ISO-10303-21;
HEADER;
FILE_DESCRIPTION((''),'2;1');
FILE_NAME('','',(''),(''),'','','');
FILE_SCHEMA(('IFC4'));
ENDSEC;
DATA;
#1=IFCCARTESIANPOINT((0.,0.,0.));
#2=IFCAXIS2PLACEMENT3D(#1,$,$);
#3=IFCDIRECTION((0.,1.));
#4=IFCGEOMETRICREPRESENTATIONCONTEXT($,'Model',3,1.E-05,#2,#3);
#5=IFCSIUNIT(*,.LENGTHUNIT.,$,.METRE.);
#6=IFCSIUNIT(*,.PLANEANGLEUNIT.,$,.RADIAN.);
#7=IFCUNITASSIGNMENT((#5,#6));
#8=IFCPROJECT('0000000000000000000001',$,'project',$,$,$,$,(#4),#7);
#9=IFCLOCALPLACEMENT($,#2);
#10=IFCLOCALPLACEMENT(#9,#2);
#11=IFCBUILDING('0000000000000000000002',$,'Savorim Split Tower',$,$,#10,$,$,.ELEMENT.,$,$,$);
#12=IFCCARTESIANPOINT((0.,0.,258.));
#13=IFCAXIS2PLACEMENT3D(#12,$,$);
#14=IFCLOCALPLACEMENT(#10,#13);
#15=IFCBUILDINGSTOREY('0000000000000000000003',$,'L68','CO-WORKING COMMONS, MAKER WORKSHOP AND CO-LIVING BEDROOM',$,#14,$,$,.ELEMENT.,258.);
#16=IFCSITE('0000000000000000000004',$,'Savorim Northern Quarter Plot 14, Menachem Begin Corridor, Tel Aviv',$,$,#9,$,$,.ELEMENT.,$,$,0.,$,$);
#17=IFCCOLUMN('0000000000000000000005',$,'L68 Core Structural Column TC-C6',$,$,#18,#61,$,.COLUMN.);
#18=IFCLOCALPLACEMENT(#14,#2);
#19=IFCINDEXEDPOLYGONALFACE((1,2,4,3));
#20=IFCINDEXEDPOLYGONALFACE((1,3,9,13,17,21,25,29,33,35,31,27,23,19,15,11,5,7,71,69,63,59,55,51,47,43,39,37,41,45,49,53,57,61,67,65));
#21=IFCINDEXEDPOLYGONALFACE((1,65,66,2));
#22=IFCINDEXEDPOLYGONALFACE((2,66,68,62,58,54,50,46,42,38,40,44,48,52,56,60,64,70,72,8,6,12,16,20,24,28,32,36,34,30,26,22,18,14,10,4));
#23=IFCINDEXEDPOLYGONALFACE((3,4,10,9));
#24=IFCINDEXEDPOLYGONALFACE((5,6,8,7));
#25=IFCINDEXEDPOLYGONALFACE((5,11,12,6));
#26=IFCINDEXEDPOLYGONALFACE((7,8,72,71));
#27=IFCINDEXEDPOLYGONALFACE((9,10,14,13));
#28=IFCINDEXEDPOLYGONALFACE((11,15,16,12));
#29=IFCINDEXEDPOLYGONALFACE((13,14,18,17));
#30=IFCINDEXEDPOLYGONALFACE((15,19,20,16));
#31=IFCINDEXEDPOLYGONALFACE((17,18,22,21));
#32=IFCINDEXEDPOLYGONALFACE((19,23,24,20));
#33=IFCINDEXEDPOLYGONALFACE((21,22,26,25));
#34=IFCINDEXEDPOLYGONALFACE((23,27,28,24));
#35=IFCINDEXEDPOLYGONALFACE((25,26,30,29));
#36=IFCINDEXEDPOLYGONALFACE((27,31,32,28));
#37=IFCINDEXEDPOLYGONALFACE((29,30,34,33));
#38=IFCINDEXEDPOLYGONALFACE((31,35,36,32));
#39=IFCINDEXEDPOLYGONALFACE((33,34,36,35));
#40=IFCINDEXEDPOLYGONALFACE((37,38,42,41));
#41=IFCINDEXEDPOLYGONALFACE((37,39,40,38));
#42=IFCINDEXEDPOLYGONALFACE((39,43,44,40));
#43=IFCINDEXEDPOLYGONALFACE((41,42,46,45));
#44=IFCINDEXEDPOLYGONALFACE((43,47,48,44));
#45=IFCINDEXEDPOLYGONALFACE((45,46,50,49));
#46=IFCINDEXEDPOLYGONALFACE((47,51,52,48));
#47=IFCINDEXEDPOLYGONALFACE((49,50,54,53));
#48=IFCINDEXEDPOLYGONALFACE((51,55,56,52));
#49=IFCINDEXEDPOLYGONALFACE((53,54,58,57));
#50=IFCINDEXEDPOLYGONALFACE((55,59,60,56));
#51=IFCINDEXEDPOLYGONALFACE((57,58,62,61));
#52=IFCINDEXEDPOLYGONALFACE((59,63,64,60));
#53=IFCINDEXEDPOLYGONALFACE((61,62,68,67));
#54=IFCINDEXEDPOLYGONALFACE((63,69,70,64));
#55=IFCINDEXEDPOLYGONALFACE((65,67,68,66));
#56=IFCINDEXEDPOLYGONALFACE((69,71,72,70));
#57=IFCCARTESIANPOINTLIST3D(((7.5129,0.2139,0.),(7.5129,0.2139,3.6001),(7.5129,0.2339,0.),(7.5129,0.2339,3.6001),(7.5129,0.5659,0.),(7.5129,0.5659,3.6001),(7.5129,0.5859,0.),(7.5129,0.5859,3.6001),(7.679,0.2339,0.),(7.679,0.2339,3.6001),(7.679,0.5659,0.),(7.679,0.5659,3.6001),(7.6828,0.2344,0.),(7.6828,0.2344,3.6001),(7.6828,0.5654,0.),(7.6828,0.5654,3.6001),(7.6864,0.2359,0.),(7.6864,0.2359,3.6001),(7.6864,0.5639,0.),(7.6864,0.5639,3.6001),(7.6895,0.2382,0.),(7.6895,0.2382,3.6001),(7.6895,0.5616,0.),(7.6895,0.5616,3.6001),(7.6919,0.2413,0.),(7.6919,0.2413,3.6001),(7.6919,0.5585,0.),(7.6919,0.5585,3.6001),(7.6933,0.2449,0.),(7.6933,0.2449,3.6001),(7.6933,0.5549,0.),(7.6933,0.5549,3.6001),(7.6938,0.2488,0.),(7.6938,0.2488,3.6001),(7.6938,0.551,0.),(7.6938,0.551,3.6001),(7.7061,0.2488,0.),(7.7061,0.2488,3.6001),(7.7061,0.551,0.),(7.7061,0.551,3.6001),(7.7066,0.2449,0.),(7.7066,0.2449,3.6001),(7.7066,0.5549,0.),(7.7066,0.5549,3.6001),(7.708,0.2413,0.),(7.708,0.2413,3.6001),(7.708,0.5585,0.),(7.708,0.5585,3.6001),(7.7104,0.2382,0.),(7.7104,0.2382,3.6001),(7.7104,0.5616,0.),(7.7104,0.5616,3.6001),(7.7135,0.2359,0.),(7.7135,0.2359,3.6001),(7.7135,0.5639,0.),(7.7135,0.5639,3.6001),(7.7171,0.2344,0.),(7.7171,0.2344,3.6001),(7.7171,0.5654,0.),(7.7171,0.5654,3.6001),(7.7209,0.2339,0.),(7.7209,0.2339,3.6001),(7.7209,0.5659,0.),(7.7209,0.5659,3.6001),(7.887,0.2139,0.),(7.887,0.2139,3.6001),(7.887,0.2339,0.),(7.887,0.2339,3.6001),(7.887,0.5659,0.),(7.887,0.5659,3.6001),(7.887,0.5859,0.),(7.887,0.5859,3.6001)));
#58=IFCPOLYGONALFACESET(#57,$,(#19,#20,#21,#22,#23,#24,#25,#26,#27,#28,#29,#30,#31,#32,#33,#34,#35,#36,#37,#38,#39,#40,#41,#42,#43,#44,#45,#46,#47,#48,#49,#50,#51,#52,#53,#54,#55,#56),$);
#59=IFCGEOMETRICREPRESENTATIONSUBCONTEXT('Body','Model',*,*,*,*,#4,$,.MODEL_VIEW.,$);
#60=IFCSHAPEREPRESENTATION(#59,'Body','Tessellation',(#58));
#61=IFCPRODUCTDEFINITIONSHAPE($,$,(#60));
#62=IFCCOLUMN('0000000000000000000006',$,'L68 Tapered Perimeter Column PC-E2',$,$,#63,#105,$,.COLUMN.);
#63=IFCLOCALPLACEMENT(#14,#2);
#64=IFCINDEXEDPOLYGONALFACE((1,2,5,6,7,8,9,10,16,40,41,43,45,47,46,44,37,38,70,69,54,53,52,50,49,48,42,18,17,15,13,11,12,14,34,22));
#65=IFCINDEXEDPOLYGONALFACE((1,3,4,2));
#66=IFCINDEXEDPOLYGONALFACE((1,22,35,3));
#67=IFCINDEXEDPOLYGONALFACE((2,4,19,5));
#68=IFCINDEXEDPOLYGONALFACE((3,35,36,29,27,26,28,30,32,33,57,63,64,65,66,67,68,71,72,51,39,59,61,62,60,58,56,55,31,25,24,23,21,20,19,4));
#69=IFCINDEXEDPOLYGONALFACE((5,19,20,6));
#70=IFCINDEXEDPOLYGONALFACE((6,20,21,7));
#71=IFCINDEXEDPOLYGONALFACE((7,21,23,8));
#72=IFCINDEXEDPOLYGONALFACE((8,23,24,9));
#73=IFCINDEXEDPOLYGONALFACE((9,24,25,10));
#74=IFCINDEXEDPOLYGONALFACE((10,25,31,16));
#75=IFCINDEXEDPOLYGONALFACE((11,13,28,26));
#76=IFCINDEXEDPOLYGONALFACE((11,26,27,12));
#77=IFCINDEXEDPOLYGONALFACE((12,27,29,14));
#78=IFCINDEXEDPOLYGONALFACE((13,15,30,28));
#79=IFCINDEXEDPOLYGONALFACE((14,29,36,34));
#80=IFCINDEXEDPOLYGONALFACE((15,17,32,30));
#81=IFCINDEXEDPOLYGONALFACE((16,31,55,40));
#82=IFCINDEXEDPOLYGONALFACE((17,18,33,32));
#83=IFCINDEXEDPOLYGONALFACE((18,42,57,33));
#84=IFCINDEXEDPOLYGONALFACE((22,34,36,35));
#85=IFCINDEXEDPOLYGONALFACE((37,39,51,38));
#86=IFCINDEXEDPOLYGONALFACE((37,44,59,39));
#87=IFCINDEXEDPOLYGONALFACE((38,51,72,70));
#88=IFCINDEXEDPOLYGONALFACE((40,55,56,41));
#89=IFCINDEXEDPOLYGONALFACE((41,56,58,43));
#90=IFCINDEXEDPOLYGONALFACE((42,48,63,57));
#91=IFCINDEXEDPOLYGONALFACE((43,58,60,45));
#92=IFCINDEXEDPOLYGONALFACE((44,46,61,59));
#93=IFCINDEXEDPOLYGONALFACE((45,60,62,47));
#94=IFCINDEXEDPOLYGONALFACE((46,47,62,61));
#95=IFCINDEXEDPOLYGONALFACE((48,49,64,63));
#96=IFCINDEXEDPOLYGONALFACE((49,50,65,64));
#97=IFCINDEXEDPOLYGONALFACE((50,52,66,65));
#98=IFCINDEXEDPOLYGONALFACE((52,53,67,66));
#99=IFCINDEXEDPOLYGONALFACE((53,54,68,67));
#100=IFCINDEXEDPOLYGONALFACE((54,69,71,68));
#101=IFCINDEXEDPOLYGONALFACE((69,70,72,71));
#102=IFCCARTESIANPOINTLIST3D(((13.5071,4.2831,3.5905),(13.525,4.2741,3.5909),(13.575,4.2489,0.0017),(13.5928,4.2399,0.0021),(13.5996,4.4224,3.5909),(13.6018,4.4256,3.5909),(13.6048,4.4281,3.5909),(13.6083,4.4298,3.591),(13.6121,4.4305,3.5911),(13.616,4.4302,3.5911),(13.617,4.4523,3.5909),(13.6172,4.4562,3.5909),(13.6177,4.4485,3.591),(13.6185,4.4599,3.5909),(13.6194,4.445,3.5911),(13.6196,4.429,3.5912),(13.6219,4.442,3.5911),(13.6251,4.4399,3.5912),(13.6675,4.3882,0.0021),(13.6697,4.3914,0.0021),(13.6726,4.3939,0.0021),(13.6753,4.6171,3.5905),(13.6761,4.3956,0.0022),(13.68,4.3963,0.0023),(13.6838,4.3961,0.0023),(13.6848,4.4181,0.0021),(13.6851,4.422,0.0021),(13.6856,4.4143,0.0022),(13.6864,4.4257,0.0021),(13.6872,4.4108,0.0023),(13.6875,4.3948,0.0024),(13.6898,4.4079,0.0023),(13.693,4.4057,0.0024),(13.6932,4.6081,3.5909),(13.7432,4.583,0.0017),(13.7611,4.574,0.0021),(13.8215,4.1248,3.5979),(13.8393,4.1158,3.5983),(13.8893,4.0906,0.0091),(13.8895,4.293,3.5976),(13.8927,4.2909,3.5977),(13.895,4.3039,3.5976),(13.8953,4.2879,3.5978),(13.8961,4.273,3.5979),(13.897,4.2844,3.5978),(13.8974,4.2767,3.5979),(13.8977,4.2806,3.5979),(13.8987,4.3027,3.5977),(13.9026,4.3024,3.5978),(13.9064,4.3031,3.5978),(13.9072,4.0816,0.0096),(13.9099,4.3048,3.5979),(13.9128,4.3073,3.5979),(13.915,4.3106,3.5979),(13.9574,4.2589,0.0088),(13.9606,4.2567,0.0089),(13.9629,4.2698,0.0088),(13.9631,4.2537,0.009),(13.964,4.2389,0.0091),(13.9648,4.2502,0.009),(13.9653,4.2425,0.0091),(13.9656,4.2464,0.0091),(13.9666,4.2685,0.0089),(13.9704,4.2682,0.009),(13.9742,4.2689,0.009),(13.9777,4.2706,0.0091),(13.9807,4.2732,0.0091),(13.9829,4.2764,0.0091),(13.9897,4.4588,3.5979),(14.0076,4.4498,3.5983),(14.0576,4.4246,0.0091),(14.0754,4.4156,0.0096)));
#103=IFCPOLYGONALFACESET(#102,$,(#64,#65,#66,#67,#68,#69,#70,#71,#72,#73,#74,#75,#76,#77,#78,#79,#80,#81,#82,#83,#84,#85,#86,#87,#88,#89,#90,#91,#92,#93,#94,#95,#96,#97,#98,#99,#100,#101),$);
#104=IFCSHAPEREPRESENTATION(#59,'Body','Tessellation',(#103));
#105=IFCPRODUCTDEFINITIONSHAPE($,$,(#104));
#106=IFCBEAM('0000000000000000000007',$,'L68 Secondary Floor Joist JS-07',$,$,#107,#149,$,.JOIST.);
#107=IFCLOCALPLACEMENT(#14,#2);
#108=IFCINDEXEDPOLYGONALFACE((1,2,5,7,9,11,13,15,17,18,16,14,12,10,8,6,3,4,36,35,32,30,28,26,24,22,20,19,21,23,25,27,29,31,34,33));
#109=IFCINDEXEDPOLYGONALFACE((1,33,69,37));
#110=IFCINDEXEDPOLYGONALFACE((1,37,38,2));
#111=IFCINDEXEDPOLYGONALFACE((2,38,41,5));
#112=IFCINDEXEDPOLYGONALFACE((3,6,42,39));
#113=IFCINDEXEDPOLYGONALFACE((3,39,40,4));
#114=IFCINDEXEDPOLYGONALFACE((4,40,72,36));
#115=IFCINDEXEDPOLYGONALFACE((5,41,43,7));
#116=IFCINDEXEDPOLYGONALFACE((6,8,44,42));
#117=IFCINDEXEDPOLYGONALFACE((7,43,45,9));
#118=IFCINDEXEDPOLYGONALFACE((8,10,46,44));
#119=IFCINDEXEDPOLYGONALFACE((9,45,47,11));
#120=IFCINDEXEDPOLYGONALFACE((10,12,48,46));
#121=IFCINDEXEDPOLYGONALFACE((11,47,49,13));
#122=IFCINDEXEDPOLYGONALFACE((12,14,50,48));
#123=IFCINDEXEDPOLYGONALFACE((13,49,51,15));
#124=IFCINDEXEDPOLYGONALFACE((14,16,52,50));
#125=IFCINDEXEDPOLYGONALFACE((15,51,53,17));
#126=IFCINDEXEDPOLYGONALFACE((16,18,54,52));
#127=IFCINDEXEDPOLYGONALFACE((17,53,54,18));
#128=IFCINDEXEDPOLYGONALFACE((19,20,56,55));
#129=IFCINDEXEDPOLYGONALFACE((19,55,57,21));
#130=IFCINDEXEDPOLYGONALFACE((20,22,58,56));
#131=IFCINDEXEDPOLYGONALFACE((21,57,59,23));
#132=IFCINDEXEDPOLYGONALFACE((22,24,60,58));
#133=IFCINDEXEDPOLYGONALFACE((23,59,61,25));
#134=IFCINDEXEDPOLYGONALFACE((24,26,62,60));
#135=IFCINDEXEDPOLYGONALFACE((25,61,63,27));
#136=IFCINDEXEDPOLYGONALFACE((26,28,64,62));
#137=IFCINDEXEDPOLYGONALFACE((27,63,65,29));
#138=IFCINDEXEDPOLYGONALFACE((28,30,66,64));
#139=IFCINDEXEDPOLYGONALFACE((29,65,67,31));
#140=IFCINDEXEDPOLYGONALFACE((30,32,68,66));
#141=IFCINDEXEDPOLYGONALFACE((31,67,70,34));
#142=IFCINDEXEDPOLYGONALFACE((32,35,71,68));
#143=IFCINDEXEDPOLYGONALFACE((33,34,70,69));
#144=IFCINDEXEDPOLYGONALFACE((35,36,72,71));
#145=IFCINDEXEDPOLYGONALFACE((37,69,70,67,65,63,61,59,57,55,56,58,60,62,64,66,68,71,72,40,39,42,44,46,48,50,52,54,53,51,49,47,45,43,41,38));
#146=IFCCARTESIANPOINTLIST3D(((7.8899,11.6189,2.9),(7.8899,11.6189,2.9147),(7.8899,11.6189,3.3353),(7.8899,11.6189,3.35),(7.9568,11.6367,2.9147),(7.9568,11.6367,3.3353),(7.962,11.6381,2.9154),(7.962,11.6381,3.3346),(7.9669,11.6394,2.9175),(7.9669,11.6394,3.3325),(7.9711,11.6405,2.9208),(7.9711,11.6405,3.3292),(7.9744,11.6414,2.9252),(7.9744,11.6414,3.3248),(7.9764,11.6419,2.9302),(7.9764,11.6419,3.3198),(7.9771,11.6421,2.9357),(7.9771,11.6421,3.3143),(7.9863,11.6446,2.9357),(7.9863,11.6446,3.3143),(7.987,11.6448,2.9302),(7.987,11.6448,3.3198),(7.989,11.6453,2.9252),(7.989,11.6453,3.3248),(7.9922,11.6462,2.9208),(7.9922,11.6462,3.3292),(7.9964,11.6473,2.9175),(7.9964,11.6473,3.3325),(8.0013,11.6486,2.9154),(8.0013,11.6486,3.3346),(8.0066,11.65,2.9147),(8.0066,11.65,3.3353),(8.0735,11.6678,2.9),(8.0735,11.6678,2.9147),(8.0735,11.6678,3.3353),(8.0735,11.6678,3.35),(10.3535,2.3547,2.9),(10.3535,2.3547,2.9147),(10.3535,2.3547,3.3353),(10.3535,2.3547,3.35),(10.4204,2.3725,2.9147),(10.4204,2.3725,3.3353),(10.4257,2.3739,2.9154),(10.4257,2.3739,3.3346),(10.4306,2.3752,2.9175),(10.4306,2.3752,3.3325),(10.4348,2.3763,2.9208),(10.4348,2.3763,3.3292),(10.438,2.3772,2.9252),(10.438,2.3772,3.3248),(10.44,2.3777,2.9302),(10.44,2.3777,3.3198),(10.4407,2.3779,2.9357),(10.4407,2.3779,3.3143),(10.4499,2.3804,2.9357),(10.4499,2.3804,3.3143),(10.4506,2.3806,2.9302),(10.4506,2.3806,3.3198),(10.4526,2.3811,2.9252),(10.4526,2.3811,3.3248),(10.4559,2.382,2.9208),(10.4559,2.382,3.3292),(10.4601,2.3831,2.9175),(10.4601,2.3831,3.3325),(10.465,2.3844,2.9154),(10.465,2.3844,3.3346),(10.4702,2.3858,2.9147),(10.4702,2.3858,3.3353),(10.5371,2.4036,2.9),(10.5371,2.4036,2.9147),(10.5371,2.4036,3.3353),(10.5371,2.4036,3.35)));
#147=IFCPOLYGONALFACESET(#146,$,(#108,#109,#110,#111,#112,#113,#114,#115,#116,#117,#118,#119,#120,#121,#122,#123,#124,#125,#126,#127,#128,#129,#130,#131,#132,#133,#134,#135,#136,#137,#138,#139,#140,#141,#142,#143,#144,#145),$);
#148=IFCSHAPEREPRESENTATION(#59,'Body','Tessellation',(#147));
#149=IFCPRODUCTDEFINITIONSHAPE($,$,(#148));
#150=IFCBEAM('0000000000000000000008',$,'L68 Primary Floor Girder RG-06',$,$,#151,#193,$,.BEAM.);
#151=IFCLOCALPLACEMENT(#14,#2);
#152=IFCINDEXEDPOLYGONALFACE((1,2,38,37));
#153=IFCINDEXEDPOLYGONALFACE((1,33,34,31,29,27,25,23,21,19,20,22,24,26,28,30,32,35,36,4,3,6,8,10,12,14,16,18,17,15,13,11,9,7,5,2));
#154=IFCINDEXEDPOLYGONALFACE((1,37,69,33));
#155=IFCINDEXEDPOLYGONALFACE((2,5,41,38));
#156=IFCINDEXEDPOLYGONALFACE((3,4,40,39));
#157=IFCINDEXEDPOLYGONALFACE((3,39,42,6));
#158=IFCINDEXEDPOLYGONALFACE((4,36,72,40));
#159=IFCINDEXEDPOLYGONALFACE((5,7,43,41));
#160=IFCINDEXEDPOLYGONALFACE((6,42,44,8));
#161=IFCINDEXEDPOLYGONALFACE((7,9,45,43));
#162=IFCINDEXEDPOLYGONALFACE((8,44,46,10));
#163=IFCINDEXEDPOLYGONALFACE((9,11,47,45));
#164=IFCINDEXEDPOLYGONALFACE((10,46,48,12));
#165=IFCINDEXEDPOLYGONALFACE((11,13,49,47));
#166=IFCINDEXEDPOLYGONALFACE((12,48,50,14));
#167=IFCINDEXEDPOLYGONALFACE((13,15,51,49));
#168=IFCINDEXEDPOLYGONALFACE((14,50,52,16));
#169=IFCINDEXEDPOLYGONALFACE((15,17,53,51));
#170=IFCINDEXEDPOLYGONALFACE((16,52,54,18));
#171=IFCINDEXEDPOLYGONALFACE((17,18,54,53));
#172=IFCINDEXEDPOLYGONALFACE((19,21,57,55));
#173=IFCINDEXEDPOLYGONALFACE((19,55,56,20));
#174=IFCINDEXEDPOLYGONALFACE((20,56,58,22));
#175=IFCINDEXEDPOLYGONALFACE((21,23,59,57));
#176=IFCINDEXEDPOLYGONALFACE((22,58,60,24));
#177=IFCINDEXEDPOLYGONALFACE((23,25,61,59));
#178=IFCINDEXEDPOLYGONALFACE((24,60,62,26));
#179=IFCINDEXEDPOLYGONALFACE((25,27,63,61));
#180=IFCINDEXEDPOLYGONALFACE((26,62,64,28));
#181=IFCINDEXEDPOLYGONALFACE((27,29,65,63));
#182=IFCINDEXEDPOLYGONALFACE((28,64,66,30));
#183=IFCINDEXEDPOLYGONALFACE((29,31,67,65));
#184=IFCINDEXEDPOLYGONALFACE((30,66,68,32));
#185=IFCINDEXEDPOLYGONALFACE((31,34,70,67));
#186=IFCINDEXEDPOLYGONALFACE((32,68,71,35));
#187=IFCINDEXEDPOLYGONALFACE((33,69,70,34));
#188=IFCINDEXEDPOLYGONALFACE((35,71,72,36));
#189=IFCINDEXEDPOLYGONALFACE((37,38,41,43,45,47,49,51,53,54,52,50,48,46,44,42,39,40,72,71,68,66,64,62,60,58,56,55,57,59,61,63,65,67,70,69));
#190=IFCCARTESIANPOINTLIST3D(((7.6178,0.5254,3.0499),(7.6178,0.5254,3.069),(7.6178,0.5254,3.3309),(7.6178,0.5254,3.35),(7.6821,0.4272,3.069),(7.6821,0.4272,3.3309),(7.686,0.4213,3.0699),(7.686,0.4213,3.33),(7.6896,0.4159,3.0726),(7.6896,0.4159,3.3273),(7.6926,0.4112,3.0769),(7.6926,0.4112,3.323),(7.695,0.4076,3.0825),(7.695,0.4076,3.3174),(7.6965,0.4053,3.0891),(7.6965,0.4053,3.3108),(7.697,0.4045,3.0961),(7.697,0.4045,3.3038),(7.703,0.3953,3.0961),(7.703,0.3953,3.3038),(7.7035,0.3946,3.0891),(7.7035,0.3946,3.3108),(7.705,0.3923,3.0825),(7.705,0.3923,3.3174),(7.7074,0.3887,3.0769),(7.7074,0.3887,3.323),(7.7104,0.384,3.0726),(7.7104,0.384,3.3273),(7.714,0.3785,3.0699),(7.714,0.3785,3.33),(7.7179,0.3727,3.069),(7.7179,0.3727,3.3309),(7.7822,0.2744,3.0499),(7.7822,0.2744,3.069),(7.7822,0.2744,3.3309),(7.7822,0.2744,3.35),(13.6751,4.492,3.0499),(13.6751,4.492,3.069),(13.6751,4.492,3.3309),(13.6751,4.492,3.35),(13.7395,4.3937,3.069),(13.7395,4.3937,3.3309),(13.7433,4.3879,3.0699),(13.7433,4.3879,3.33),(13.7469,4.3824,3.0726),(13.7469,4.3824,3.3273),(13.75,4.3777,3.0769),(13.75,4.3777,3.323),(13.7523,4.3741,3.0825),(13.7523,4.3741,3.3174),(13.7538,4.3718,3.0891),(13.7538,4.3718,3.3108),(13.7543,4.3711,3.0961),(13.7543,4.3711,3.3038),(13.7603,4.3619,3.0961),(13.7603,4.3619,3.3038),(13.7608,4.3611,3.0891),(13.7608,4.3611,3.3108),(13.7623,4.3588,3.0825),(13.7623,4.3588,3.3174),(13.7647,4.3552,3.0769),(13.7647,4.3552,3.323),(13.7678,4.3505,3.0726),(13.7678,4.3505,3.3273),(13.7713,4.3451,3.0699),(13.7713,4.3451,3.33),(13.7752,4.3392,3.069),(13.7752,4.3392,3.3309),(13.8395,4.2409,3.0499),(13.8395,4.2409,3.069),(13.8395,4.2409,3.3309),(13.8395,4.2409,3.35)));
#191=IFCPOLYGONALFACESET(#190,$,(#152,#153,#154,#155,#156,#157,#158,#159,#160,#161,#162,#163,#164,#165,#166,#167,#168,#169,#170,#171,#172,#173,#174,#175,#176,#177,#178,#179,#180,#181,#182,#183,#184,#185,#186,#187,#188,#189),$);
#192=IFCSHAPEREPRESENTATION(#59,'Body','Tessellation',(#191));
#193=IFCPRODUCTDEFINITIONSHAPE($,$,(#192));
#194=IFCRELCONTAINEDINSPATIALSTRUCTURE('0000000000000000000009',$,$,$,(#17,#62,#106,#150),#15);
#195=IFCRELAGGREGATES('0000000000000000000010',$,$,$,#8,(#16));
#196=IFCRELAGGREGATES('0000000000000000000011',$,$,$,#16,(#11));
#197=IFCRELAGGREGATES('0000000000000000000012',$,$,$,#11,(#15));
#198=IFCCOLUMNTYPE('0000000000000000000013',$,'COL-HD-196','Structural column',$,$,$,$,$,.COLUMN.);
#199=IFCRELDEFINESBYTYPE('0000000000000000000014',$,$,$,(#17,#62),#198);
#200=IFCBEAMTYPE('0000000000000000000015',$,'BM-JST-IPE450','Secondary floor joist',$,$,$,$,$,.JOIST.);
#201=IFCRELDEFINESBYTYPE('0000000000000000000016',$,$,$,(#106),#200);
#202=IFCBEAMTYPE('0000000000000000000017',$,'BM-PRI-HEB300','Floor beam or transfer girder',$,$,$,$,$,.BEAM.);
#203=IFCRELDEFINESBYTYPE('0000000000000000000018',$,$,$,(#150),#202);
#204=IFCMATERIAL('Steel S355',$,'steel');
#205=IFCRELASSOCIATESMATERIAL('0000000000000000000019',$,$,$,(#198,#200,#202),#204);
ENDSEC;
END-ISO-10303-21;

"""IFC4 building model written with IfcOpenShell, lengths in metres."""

from ifc_helpers import new_model, si_unit, direction, frame, origin, origin_2d, place, context, subcontext, project, spatial, i_section, extrude, material, material_profile, profile_set, type_object, element, save


model = new_model("IFC4")

# Units and contexts
model_context = context("Model", 3, precision=1e-05, world=origin(), true_north=direction((0.0, 1.0)))
body_context = subcontext(model_context, "Body", "Model", "MODEL_VIEW")
ifc_project = project(units=[si_unit("LENGTHUNIT", "METRE"), si_unit("PLANEANGLEUNIT", "RADIAN")], contexts=[model_context])

# Site, building, storey
site_placement = place(None, origin())
site = spatial("IfcSite", under=ifc_project, at=site_placement, Name="Savorim Northern Quarter Plot 14, Menachem Begin Corridor, Tel Aviv", CompositionType="ELEMENT", RefElevation=0.0)
building_placement = place(site_placement, origin())
building = spatial("IfcBuilding", under=site, at=building_placement, Name="Savorim Split Tower", CompositionType="ELEMENT")
storey_placement = place(building_placement, frame((0.0, 0.0, 258.0)))
storey = spatial("IfcBuildingStorey", under=building, at=storey_placement, Name="L68", Description="CO-WORKING COMMONS, MAKER WORKSHOP AND CO-LIVING BEDROOM", CompositionType="ELEMENT", Elevation=258.0)

# Columns
ifc_material_1 = material(Name="Steel S355", Category="steel")
ifc_material_profile_1 = material_profile(ifc_material_1, i_section(OverallWidth=0.374, OverallDepth=0.3721, WebThickness=0.0122, FlangeThickness=0.02, FilletRadius=0.0149, at=origin_2d()), Name="HD 360x196")
ifc_profile_set_1 = profile_set([ifc_material_profile_1], Name="Steel S355")
column_type = type_object("IfcColumnType", Name="COL-HD-196", Description="Structural column", PredefinedType="COLUMN", material=ifc_profile_set_1)
column_1_placement = place(storey_placement, frame((7.7, 0.3999, 0.0), z_axis=(0.0, 0.0, 1.0), x_axis=(1.0, 0.0, 0.0)))
element("IfcColumn", 1, at=column_1_placement, inside=storey, type_object=column_type, Name="L68 Core Structural Column TC-C6", PredefinedType="COLUMN", context=body_context, shape_type="SweptSolid", body=[
    extrude(i_section(OverallWidth=0.374, OverallDepth=0.3721, WebThickness=0.0122, FlangeThickness=0.02, FilletRadius=0.0149, at=origin_2d()), origin(), (0.0, 0.0, 1.0), 3.6001),
])
column_2_placement = place(storey_placement, frame((13.8252, 4.3323, 0.0056), z_axis=(-0.018907, 0.009522, 0.999776), x_axis=(-0.449782, -0.893138, 0.0)))
element("IfcColumn", 2, at=column_2_placement, inside=storey, type_object=column_type, Name="L68 Tapered Perimeter Column PC-E2", PredefinedType="COLUMN", context=body_context, shape_type="SweptSolid", body=[
    extrude(i_section(OverallWidth=0.374, OverallDepth=0.3721, WebThickness=0.0122, FlangeThickness=0.02, FilletRadius=0.0149, at=origin_2d()), origin(), (0.0, 0.0, 1.0), 3.5896),
])

# Beams
ifc_material_profile_2 = material_profile(ifc_material_1, i_section(OverallWidth=0.1899, OverallDepth=0.45, WebThickness=0.0095, FlangeThickness=0.0146, FilletRadius=0.021, at=origin_2d()), Name="IPE 450")
ifc_profile_set_2 = profile_set([ifc_material_profile_2], Name="Steel S355")
beam_type_1 = type_object("IfcBeamType", Name="BM-JST-IPE450", Description="Secondary floor joist", PredefinedType="JOIST", material=ifc_profile_set_2)
beam_1_placement = place(storey_placement, frame((10.4453, 2.3792, 3.125), z_axis=(-0.256998, 0.966412, 0.0), x_axis=(-0.966412, -0.256998, 0.0)))
element("IfcBeam", 3, at=beam_1_placement, inside=storey, type_object=beam_type_1, Name="L68 Secondary Floor Joist JS-07", PredefinedType="JOIST", context=body_context, shape_type="SweptSolid", body=[
    extrude(i_section(OverallWidth=0.1899, OverallDepth=0.45, WebThickness=0.0095, FlangeThickness=0.0146, FilletRadius=0.021, at=origin_2d()), origin(), (0.0, 0.0, 1.0), 9.5862),
])
ifc_material_profile_3 = material_profile(ifc_material_1, i_section(OverallWidth=0.3, OverallDepth=0.3, WebThickness=0.011, FlangeThickness=0.019, FilletRadius=0.0271, at=origin_2d()), Name="HEB 300")
ifc_profile_set_3 = profile_set([ifc_material_profile_3], Name="Steel S355")
beam_type_2 = type_object("IfcBeamType", Name="BM-PRI-HEB300", Description="Floor beam or transfer girder", PredefinedType="BEAM", material=ifc_profile_set_3)
beam_2_placement = place(storey_placement, frame((13.7573, 4.3665, 3.2), z_axis=(-0.836592, -0.547826, 0.0), x_axis=(0.547826, -0.836592, 0.0)))
element("IfcBeam", 4, at=beam_2_placement, inside=storey, type_object=beam_type_2, Name="L68 Primary Floor Girder RG-06", PredefinedType="BEAM", context=body_context, shape_type="SweptSolid", body=[
    extrude(i_section(OverallWidth=0.3, OverallDepth=0.3, WebThickness=0.011, FlangeThickness=0.019, FilletRadius=0.0271, at=origin_2d()), origin(), (0.0, 0.0, 1.0), 7.2405),
])

save(model, "model.ifc")
